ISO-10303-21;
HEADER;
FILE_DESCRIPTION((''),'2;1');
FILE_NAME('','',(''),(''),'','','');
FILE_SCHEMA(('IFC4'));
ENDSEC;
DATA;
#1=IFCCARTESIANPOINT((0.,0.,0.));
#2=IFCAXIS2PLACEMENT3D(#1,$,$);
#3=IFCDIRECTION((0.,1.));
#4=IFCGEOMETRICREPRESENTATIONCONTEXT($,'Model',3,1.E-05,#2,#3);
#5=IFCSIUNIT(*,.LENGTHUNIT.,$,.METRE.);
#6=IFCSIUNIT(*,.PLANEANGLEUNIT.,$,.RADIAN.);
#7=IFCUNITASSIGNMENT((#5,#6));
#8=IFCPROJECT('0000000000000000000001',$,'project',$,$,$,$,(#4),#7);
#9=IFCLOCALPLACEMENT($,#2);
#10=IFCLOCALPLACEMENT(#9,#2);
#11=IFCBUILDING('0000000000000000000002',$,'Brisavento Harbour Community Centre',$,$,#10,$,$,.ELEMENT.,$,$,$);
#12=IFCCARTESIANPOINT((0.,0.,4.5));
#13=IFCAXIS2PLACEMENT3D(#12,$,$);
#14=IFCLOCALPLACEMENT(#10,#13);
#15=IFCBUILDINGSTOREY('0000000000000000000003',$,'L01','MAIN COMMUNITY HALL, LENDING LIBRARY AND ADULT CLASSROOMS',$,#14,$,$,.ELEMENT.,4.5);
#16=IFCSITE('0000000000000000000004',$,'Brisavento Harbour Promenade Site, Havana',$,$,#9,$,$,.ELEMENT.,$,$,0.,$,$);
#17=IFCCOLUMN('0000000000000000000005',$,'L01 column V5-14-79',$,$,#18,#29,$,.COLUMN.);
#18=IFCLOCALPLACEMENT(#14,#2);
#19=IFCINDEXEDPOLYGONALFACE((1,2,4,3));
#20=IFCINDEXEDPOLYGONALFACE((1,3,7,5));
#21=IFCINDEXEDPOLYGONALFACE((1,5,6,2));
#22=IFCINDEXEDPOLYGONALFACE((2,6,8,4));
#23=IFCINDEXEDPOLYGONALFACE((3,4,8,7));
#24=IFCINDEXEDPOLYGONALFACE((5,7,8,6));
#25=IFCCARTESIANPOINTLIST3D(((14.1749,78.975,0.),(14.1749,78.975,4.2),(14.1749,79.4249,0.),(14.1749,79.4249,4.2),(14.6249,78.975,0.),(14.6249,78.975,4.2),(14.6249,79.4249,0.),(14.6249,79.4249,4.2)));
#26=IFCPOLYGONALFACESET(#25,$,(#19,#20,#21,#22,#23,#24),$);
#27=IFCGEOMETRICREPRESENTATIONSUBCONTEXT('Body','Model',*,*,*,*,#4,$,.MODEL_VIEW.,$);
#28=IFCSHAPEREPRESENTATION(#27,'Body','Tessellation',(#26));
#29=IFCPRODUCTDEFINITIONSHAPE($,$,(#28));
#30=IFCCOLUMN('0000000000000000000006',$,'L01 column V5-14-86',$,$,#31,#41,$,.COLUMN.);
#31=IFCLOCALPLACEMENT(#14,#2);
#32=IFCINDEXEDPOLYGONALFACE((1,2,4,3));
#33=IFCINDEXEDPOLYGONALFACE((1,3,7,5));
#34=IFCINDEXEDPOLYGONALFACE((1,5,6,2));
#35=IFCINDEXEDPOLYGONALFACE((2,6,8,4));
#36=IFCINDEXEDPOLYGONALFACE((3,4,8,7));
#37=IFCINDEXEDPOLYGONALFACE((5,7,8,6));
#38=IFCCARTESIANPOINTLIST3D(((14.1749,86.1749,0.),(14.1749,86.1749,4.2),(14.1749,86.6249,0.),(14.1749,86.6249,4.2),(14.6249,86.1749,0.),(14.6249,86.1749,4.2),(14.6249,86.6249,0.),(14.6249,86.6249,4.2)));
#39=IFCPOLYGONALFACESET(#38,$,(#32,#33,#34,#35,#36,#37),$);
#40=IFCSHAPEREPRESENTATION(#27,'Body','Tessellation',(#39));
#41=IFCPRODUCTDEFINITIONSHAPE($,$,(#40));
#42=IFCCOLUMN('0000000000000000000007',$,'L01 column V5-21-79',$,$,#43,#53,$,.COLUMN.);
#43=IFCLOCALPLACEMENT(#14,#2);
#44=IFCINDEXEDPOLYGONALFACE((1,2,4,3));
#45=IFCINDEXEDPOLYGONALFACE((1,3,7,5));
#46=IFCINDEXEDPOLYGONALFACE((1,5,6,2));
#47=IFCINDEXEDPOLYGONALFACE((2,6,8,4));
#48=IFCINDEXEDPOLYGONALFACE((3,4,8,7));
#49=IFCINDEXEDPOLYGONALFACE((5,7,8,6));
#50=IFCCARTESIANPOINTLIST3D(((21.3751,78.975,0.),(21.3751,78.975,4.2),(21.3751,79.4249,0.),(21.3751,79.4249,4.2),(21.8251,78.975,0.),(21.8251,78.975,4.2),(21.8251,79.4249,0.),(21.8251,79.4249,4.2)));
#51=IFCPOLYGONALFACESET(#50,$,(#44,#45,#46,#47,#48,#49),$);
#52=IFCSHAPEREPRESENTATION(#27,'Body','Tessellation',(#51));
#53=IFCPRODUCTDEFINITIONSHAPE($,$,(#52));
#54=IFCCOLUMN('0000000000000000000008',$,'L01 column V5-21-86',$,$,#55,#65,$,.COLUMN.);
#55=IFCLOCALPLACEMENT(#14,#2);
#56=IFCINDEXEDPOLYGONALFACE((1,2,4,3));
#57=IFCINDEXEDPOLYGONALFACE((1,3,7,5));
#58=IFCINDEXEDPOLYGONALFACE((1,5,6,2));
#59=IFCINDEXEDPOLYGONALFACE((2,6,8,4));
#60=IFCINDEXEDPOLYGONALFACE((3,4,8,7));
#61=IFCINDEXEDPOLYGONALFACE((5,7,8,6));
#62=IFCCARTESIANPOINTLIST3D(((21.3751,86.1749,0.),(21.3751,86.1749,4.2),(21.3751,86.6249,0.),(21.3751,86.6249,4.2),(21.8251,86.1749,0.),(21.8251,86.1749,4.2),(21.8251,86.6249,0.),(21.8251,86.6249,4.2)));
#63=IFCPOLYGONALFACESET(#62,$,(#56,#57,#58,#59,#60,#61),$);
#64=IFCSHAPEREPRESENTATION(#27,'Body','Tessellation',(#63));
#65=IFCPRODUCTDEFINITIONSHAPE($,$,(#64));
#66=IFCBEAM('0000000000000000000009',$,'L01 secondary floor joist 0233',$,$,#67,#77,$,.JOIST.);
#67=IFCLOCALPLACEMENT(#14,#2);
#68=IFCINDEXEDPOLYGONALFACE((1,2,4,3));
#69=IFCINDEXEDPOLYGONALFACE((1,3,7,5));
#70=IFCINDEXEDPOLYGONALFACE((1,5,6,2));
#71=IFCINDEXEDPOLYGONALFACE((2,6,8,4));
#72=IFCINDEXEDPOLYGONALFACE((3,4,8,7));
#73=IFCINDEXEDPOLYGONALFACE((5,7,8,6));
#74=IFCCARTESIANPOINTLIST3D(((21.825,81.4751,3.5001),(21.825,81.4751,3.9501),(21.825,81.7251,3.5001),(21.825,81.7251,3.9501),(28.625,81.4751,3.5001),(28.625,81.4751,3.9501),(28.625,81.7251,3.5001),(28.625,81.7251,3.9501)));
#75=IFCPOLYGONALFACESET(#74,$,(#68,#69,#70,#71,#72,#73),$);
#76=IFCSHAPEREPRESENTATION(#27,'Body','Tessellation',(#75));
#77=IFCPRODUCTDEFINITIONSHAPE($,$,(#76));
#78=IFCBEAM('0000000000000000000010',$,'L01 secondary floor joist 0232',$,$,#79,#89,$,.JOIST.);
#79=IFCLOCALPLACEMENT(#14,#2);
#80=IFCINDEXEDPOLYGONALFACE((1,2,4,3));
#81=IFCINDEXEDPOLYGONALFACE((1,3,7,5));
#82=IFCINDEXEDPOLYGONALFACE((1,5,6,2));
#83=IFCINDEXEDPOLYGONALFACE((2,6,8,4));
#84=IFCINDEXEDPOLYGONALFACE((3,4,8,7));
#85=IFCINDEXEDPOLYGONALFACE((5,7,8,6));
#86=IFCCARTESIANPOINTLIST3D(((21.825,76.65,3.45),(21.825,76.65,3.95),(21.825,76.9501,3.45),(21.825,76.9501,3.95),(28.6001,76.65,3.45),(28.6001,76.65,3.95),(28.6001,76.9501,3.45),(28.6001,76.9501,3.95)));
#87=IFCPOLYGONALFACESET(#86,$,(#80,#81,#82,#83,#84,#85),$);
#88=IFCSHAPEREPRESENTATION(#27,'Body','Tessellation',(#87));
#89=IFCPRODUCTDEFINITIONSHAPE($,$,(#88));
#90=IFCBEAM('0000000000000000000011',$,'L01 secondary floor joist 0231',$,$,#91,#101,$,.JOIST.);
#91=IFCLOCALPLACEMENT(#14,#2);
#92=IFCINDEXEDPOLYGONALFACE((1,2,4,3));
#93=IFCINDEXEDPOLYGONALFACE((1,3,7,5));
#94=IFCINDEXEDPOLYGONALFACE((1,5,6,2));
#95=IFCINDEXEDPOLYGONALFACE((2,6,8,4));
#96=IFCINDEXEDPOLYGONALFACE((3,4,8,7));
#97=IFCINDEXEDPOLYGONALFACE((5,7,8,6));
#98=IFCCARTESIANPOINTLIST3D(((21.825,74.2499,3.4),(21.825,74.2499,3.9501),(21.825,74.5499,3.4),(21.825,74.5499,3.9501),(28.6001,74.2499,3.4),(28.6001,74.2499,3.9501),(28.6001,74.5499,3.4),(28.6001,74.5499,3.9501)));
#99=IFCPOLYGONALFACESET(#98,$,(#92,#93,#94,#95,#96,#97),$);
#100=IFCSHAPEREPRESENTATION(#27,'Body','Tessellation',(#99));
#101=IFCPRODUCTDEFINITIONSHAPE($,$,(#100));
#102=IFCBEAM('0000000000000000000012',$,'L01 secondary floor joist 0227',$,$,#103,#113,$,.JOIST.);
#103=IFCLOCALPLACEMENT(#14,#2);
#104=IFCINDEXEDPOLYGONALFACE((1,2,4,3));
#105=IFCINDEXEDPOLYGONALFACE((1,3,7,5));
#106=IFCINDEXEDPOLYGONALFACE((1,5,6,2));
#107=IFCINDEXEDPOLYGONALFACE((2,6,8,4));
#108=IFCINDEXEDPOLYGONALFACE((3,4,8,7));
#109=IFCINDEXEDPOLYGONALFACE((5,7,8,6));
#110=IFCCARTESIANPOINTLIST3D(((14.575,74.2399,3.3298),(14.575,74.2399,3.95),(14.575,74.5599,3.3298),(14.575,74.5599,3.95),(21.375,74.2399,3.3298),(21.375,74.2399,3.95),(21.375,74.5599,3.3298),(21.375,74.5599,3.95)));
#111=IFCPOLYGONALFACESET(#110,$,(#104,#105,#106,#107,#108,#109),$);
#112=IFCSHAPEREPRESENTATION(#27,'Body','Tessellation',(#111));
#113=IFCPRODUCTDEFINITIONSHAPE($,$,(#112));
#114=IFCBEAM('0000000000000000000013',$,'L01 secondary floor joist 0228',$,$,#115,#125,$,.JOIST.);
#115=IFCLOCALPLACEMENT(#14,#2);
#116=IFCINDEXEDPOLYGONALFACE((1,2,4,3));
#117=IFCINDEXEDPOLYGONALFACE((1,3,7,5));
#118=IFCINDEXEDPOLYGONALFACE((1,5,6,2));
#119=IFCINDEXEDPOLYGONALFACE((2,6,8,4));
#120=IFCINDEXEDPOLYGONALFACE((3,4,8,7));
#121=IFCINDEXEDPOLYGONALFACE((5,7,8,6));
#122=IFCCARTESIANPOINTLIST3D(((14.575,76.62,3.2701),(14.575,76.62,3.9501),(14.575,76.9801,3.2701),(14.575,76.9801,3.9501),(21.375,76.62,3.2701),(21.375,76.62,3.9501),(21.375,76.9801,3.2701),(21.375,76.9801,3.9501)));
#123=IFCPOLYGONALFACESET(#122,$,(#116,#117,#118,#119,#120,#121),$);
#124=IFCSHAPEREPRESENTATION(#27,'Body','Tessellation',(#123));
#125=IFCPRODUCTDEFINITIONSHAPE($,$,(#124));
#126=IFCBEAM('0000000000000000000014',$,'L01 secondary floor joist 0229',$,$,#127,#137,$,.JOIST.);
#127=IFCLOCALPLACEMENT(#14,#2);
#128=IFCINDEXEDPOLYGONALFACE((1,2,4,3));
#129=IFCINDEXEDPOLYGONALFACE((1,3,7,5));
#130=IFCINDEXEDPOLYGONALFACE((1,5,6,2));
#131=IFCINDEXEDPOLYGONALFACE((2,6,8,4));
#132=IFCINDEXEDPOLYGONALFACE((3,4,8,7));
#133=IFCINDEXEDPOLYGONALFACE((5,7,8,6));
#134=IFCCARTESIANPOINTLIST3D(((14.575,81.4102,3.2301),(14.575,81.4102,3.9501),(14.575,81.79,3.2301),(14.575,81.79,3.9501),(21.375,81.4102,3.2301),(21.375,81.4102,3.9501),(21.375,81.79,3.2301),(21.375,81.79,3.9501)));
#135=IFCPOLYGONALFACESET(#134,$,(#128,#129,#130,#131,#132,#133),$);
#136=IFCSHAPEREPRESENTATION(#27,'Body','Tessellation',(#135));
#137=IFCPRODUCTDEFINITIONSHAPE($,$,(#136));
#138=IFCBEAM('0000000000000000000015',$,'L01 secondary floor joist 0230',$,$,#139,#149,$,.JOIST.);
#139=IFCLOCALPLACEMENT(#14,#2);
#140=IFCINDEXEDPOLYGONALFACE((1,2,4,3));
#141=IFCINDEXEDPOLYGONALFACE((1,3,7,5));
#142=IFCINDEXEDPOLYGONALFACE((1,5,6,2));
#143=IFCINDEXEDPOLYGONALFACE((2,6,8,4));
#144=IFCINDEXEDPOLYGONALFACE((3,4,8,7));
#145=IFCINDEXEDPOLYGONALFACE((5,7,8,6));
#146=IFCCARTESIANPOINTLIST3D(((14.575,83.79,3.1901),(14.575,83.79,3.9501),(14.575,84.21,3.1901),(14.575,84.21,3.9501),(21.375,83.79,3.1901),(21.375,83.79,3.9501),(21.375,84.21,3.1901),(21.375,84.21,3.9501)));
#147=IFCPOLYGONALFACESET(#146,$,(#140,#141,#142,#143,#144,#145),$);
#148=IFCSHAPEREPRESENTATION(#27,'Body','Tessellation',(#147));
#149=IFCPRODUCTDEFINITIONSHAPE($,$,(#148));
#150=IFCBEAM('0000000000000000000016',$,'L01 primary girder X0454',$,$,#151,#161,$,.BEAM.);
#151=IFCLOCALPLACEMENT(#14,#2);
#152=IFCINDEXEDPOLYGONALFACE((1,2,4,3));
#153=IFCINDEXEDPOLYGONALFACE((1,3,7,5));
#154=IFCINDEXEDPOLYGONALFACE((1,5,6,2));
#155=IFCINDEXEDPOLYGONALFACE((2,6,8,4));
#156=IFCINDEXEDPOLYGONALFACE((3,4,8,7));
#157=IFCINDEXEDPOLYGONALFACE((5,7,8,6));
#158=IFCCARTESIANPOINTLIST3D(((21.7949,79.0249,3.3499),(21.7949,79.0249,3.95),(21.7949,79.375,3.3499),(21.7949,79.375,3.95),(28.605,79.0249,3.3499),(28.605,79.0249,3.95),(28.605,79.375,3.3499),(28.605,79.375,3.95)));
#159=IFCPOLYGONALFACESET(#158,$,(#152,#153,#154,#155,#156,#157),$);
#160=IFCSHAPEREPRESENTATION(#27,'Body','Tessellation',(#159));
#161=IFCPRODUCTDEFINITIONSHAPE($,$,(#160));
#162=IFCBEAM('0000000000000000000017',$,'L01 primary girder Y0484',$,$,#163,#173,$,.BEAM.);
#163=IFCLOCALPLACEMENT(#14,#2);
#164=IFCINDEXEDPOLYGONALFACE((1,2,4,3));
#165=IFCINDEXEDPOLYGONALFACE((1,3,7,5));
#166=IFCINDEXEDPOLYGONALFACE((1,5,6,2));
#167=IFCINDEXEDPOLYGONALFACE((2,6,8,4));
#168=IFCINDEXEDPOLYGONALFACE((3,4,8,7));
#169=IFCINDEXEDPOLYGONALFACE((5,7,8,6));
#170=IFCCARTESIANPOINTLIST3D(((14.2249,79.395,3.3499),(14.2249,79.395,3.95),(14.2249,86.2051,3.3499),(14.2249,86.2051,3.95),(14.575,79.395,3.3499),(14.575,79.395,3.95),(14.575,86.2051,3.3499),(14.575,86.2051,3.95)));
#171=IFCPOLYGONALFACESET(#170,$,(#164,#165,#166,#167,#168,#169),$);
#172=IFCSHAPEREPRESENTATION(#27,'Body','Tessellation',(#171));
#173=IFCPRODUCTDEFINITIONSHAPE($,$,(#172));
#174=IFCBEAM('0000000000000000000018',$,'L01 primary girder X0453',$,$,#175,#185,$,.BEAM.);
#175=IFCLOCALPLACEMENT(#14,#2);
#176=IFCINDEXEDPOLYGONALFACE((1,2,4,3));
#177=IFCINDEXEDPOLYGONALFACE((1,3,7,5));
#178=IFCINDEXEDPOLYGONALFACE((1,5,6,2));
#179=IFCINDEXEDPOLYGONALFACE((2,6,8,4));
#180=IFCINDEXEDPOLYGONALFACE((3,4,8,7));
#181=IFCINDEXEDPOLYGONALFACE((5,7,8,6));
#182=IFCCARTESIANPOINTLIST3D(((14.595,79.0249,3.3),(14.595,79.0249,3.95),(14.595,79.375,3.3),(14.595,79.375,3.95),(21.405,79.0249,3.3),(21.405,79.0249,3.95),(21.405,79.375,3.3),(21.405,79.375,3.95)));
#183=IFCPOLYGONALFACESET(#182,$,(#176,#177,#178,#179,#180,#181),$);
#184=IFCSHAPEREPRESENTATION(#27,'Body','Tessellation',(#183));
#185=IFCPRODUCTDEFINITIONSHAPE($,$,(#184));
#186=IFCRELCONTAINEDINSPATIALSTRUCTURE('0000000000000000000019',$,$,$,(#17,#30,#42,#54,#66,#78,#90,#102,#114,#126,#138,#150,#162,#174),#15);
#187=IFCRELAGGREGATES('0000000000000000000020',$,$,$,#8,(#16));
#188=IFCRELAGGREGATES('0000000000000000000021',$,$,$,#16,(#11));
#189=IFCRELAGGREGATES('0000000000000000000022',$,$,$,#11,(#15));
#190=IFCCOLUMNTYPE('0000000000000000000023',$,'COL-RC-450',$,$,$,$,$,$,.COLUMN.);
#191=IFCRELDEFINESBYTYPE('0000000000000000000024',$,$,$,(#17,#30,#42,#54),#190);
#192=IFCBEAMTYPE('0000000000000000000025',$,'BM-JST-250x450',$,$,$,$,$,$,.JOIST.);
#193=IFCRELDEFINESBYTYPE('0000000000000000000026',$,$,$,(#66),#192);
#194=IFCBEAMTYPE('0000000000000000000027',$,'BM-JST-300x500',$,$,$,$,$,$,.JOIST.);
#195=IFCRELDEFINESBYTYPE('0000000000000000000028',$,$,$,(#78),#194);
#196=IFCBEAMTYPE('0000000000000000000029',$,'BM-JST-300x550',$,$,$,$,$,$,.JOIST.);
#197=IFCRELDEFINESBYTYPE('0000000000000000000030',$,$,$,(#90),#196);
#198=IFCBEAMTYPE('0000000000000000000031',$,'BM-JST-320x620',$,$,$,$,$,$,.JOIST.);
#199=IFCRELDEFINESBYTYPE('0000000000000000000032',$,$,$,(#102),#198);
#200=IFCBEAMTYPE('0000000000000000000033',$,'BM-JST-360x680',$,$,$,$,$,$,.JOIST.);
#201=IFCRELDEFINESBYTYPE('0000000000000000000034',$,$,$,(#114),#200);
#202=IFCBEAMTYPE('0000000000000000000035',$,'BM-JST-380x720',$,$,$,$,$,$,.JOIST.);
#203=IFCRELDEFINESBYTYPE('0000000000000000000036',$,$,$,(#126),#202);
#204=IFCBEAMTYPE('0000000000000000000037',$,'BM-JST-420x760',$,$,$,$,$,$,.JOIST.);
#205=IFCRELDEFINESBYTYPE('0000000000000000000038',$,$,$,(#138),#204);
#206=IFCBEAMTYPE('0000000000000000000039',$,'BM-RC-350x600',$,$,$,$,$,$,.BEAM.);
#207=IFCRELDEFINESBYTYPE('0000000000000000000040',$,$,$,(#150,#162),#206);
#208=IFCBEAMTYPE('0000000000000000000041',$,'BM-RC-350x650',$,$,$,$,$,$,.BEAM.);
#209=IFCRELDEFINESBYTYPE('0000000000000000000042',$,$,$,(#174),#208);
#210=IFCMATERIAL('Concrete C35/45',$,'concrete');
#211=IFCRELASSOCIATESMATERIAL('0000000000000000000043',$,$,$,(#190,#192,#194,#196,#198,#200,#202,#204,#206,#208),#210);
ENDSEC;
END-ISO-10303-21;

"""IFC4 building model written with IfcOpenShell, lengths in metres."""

from ifc_helpers import new_model, si_unit, direction, frame, origin, origin_2d, place, context, subcontext, project, spatial, rectangle, extrude, material, material_profile, profile_set, type_object, element, save


model = new_model("IFC4")

# Units and contexts
model_context = context("Model", 3, precision=1e-05, world=origin(), true_north=direction((0.0, 1.0)))
body_context = subcontext(model_context, "Body", "Model", "MODEL_VIEW")
ifc_project = project(units=[si_unit("LENGTHUNIT", "METRE"), si_unit("PLANEANGLEUNIT", "RADIAN")], contexts=[model_context])

# Site, building, storey
site_placement = place(None, origin())
site = spatial("IfcSite", under=ifc_project, at=site_placement, Name="Brisavento Harbour Promenade Site, Havana", CompositionType="ELEMENT", RefElevation=0.0)
building_placement = place(site_placement, origin())
building = spatial("IfcBuilding", under=site, at=building_placement, Name="Brisavento Harbour Community Centre", CompositionType="ELEMENT")
storey_placement = place(building_placement, frame((0.0, 0.0, 4.5)))
storey = spatial("IfcBuildingStorey", under=building, at=storey_placement, Name="L01", Description="MAIN COMMUNITY HALL, LENDING LIBRARY AND ADULT CLASSROOMS", CompositionType="ELEMENT", Elevation=4.5)

# Columns
ifc_material_1 = material(Name="Concrete C35/45", Category="concrete")
ifc_material_profile_1 = material_profile(ifc_material_1, rectangle(XDim=0.45, YDim=0.45, at=origin_2d()), Name="Concrete C35/45")
ifc_profile_set_1 = profile_set([ifc_material_profile_1], Name="Concrete C35/45")
column_type = type_object("IfcColumnType", Name="COL-RC-450", PredefinedType="COLUMN", material=ifc_profile_set_1)
for number, where, z_axis, x_axis, name in (
    (1, (14.3999, 79.2, 0.0), (0.0, 0.0, 1.0), (1.0, 0.0, 0.0), "L01 column V5-14-79"),
    (2, (14.3999, 86.3999, 0.0), (0.0, 0.0, 1.0), (1.0, 0.0, 0.0), "L01 column V5-14-86"),
    (3, (21.6001, 79.2, 0.0), (0.0, 0.0, 1.0), (1.0, 0.0, 0.0), "L01 column V5-21-79"),
    (4, (21.6001, 86.3999, 0.0), (0.0, 0.0, 1.0), (1.0, 0.0, 0.0), "L01 column V5-21-86"),
):
    element("IfcColumn", number, at=place(storey_placement, frame(where, z_axis=z_axis, x_axis=x_axis)), inside=storey, type_object=column_type, Name=name, PredefinedType="COLUMN", context=body_context, shape_type="SweptSolid", body=[
        extrude(rectangle(XDim=0.45, YDim=0.45, at=origin_2d()), origin(), (0.0, 0.0, 1.0), 4.2),
    ])

# Beams
ifc_material_profile_2 = material_profile(ifc_material_1, rectangle(XDim=0.25, YDim=0.45, at=origin_2d()), Name="Concrete C35/45")
ifc_profile_set_2 = profile_set([ifc_material_profile_2], Name="Concrete C35/45")
beam_type_1 = type_object("IfcBeamType", Name="BM-JST-250x450", PredefinedType="JOIST", material=ifc_profile_set_2)
beam_1_placement = place(storey_placement, frame((21.825, 81.6001, 3.7251), z_axis=(1.0, 0.0, 0.0), x_axis=(0.0, 1.0, 0.0)))
element("IfcBeam", 5, at=beam_1_placement, inside=storey, type_object=beam_type_1, Name="L01 secondary floor joist 0233", PredefinedType="JOIST", context=body_context, shape_type="SweptSolid", body=[
    extrude(rectangle(XDim=0.25, YDim=0.45, at=origin_2d()), origin(), (0.0, 0.0, 1.0), 6.8),
])
ifc_material_profile_3 = material_profile(ifc_material_1, rectangle(XDim=0.3, YDim=0.5, at=origin_2d()), Name="Concrete C35/45")
ifc_profile_set_3 = profile_set([ifc_material_profile_3], Name="Concrete C35/45")
beam_type_2 = type_object("IfcBeamType", Name="BM-JST-300x500", PredefinedType="JOIST", material=ifc_profile_set_3)
beam_2_placement = place(storey_placement, frame((21.825, 76.8, 3.7), z_axis=(1.0, 0.0, 0.0), x_axis=(0.0, 1.0, 0.0)))
element("IfcBeam", 6, at=beam_2_placement, inside=storey, type_object=beam_type_2, Name="L01 secondary floor joist 0232", PredefinedType="JOIST", context=body_context, shape_type="SweptSolid", body=[
    extrude(rectangle(XDim=0.3, YDim=0.5, at=origin_2d()), origin(), (0.0, 0.0, 1.0), 6.7751),
])
ifc_material_profile_4 = material_profile(ifc_material_1, rectangle(XDim=0.3, YDim=0.55, at=origin_2d()), Name="Concrete C35/45")
ifc_profile_set_4 = profile_set([ifc_material_profile_4], Name="Concrete C35/45")
beam_type_3 = type_object("IfcBeamType", Name="BM-JST-300x550", PredefinedType="JOIST", material=ifc_profile_set_4)
beam_3_placement = place(storey_placement, frame((21.825, 74.3999, 3.675), z_axis=(1.0, 0.0, 0.0), x_axis=(0.0, 1.0, 0.0)))
element("IfcBeam", 7, at=beam_3_placement, inside=storey, type_object=beam_type_3, Name="L01 secondary floor joist 0231", PredefinedType="JOIST", context=body_context, shape_type="SweptSolid", body=[
    extrude(rectangle(XDim=0.3, YDim=0.55, at=origin_2d()), origin(), (0.0, 0.0, 1.0), 6.7751),
])
ifc_material_profile_5 = material_profile(ifc_material_1, rectangle(XDim=0.3201, YDim=0.6201, at=origin_2d()), Name="Concrete C35/45")
ifc_profile_set_5 = profile_set([ifc_material_profile_5], Name="Concrete C35/45")
beam_type_4 = type_object("IfcBeamType", Name="BM-JST-320x620", PredefinedType="JOIST", material=ifc_profile_set_5)
beam_4_placement = place(storey_placement, frame((14.575, 74.3999, 3.6399), z_axis=(1.0, 0.0, 0.0), x_axis=(0.0, 1.0, 0.0)))
element("IfcBeam", 8, at=beam_4_placement, inside=storey, type_object=beam_type_4, Name="L01 secondary floor joist 0227", PredefinedType="JOIST", context=body_context, shape_type="SweptSolid", body=[
    extrude(rectangle(XDim=0.3201, YDim=0.6201, at=origin_2d()), origin(), (0.0, 0.0, 1.0), 6.8),
])
ifc_material_profile_6 = material_profile(ifc_material_1, rectangle(XDim=0.3601, YDim=0.6799, at=origin_2d()), Name="Concrete C35/45")
ifc_profile_set_6 = profile_set([ifc_material_profile_6], Name="Concrete C35/45")
beam_type_5 = type_object("IfcBeamType", Name="BM-JST-360x680", PredefinedType="JOIST", material=ifc_profile_set_6)
beam_5_placement = place(storey_placement, frame((14.575, 76.8, 3.6101), z_axis=(1.0, 0.0, 0.0), x_axis=(0.0, 1.0, 0.0)))
element("IfcBeam", 9, at=beam_5_placement, inside=storey, type_object=beam_type_5, Name="L01 secondary floor joist 0228", PredefinedType="JOIST", context=body_context, shape_type="SweptSolid", body=[
    extrude(rectangle(XDim=0.3601, YDim=0.6799, at=origin_2d()), origin(), (0.0, 0.0, 1.0), 6.8),
])
ifc_material_profile_7 = material_profile(ifc_material_1, rectangle(XDim=0.3799, YDim=0.72, at=origin_2d()), Name="Concrete C35/45")
ifc_profile_set_7 = profile_set([ifc_material_profile_7], Name="Concrete C35/45")
beam_type_6 = type_object("IfcBeamType", Name="BM-JST-380x720", PredefinedType="JOIST", material=ifc_profile_set_7)
beam_6_placement = place(storey_placement, frame((14.575, 81.6001, 3.5901), z_axis=(1.0, 0.0, 0.0), x_axis=(0.0, 1.0, 0.0)))
element("IfcBeam", 10, at=beam_6_placement, inside=storey, type_object=beam_type_6, Name="L01 secondary floor joist 0229", PredefinedType="JOIST", context=body_context, shape_type="SweptSolid", body=[
    extrude(rectangle(XDim=0.3799, YDim=0.72, at=origin_2d()), origin(), (0.0, 0.0, 1.0), 6.8),
])
ifc_material_profile_8 = material_profile(ifc_material_1, rectangle(XDim=0.4199, YDim=0.76, at=origin_2d()), Name="Concrete C35/45")
ifc_profile_set_8 = profile_set([ifc_material_profile_8], Name="Concrete C35/45")
beam_type_7 = type_object("IfcBeamType", Name="BM-JST-420x760", PredefinedType="JOIST", material=ifc_profile_set_8)
beam_7_placement = place(storey_placement, frame((14.575, 84.0, 3.5701), z_axis=(1.0, 0.0, 0.0), x_axis=(0.0, 1.0, 0.0)))
element("IfcBeam", 11, at=beam_7_placement, inside=storey, type_object=beam_type_7, Name="L01 secondary floor joist 0230", PredefinedType="JOIST", context=body_context, shape_type="SweptSolid", body=[
    extrude(rectangle(XDim=0.4199, YDim=0.76, at=origin_2d()), origin(), (0.0, 0.0, 1.0), 6.8),
])
ifc_material_profile_9 = material_profile(ifc_material_1, rectangle(XDim=0.3501, YDim=0.6001, at=origin_2d()), Name="Concrete C35/45")
ifc_profile_set_9 = profile_set([ifc_material_profile_9], Name="Concrete C35/45")
beam_type_8 = type_object("IfcBeamType", Name="BM-RC-350x600", PredefinedType="BEAM", material=ifc_profile_set_9)
for number, where, z_axis, x_axis, name in (
    (12, (21.7949, 79.2, 3.6499), (1.0, 0.0, 0.0), (0.0, 1.0, 0.0), "L01 primary girder X0454"),
    (13, (14.3999, 79.395, 3.6499), (0.0, 1.0, 0.0), (-1.0, 0.0, 0.0), "L01 primary girder Y0484"),
):
    element("IfcBeam", number, at=place(storey_placement, frame(where, z_axis=z_axis, x_axis=x_axis)), inside=storey, type_object=beam_type_8, Name=name, PredefinedType="BEAM", context=body_context, shape_type="SweptSolid", body=[
        extrude(rectangle(XDim=0.3501, YDim=0.6001, at=origin_2d()), origin(), (0.0, 0.0, 1.0), 6.8101),
    ])
ifc_material_profile_10 = material_profile(ifc_material_1, rectangle(XDim=0.3501, YDim=0.6499, at=origin_2d()), Name="Concrete C35/45")
ifc_profile_set_10 = profile_set([ifc_material_profile_10], Name="Concrete C35/45")
beam_type_9 = type_object("IfcBeamType", Name="BM-RC-350x650", PredefinedType="BEAM", material=ifc_profile_set_10)
beam_8_placement = place(storey_placement, frame((14.595, 79.2, 3.625), z_axis=(1.0, 0.0, 0.0), x_axis=(0.0, 1.0, 0.0)))
element("IfcBeam", 14, at=beam_8_placement, inside=storey, type_object=beam_type_9, Name="L01 primary girder X0453", PredefinedType="BEAM", context=body_context, shape_type="SweptSolid", body=[
    extrude(rectangle(XDim=0.3501, YDim=0.6499, at=origin_2d()), origin(), (0.0, 0.0, 1.0), 6.8101),
])

save(model, "model.ifc")
